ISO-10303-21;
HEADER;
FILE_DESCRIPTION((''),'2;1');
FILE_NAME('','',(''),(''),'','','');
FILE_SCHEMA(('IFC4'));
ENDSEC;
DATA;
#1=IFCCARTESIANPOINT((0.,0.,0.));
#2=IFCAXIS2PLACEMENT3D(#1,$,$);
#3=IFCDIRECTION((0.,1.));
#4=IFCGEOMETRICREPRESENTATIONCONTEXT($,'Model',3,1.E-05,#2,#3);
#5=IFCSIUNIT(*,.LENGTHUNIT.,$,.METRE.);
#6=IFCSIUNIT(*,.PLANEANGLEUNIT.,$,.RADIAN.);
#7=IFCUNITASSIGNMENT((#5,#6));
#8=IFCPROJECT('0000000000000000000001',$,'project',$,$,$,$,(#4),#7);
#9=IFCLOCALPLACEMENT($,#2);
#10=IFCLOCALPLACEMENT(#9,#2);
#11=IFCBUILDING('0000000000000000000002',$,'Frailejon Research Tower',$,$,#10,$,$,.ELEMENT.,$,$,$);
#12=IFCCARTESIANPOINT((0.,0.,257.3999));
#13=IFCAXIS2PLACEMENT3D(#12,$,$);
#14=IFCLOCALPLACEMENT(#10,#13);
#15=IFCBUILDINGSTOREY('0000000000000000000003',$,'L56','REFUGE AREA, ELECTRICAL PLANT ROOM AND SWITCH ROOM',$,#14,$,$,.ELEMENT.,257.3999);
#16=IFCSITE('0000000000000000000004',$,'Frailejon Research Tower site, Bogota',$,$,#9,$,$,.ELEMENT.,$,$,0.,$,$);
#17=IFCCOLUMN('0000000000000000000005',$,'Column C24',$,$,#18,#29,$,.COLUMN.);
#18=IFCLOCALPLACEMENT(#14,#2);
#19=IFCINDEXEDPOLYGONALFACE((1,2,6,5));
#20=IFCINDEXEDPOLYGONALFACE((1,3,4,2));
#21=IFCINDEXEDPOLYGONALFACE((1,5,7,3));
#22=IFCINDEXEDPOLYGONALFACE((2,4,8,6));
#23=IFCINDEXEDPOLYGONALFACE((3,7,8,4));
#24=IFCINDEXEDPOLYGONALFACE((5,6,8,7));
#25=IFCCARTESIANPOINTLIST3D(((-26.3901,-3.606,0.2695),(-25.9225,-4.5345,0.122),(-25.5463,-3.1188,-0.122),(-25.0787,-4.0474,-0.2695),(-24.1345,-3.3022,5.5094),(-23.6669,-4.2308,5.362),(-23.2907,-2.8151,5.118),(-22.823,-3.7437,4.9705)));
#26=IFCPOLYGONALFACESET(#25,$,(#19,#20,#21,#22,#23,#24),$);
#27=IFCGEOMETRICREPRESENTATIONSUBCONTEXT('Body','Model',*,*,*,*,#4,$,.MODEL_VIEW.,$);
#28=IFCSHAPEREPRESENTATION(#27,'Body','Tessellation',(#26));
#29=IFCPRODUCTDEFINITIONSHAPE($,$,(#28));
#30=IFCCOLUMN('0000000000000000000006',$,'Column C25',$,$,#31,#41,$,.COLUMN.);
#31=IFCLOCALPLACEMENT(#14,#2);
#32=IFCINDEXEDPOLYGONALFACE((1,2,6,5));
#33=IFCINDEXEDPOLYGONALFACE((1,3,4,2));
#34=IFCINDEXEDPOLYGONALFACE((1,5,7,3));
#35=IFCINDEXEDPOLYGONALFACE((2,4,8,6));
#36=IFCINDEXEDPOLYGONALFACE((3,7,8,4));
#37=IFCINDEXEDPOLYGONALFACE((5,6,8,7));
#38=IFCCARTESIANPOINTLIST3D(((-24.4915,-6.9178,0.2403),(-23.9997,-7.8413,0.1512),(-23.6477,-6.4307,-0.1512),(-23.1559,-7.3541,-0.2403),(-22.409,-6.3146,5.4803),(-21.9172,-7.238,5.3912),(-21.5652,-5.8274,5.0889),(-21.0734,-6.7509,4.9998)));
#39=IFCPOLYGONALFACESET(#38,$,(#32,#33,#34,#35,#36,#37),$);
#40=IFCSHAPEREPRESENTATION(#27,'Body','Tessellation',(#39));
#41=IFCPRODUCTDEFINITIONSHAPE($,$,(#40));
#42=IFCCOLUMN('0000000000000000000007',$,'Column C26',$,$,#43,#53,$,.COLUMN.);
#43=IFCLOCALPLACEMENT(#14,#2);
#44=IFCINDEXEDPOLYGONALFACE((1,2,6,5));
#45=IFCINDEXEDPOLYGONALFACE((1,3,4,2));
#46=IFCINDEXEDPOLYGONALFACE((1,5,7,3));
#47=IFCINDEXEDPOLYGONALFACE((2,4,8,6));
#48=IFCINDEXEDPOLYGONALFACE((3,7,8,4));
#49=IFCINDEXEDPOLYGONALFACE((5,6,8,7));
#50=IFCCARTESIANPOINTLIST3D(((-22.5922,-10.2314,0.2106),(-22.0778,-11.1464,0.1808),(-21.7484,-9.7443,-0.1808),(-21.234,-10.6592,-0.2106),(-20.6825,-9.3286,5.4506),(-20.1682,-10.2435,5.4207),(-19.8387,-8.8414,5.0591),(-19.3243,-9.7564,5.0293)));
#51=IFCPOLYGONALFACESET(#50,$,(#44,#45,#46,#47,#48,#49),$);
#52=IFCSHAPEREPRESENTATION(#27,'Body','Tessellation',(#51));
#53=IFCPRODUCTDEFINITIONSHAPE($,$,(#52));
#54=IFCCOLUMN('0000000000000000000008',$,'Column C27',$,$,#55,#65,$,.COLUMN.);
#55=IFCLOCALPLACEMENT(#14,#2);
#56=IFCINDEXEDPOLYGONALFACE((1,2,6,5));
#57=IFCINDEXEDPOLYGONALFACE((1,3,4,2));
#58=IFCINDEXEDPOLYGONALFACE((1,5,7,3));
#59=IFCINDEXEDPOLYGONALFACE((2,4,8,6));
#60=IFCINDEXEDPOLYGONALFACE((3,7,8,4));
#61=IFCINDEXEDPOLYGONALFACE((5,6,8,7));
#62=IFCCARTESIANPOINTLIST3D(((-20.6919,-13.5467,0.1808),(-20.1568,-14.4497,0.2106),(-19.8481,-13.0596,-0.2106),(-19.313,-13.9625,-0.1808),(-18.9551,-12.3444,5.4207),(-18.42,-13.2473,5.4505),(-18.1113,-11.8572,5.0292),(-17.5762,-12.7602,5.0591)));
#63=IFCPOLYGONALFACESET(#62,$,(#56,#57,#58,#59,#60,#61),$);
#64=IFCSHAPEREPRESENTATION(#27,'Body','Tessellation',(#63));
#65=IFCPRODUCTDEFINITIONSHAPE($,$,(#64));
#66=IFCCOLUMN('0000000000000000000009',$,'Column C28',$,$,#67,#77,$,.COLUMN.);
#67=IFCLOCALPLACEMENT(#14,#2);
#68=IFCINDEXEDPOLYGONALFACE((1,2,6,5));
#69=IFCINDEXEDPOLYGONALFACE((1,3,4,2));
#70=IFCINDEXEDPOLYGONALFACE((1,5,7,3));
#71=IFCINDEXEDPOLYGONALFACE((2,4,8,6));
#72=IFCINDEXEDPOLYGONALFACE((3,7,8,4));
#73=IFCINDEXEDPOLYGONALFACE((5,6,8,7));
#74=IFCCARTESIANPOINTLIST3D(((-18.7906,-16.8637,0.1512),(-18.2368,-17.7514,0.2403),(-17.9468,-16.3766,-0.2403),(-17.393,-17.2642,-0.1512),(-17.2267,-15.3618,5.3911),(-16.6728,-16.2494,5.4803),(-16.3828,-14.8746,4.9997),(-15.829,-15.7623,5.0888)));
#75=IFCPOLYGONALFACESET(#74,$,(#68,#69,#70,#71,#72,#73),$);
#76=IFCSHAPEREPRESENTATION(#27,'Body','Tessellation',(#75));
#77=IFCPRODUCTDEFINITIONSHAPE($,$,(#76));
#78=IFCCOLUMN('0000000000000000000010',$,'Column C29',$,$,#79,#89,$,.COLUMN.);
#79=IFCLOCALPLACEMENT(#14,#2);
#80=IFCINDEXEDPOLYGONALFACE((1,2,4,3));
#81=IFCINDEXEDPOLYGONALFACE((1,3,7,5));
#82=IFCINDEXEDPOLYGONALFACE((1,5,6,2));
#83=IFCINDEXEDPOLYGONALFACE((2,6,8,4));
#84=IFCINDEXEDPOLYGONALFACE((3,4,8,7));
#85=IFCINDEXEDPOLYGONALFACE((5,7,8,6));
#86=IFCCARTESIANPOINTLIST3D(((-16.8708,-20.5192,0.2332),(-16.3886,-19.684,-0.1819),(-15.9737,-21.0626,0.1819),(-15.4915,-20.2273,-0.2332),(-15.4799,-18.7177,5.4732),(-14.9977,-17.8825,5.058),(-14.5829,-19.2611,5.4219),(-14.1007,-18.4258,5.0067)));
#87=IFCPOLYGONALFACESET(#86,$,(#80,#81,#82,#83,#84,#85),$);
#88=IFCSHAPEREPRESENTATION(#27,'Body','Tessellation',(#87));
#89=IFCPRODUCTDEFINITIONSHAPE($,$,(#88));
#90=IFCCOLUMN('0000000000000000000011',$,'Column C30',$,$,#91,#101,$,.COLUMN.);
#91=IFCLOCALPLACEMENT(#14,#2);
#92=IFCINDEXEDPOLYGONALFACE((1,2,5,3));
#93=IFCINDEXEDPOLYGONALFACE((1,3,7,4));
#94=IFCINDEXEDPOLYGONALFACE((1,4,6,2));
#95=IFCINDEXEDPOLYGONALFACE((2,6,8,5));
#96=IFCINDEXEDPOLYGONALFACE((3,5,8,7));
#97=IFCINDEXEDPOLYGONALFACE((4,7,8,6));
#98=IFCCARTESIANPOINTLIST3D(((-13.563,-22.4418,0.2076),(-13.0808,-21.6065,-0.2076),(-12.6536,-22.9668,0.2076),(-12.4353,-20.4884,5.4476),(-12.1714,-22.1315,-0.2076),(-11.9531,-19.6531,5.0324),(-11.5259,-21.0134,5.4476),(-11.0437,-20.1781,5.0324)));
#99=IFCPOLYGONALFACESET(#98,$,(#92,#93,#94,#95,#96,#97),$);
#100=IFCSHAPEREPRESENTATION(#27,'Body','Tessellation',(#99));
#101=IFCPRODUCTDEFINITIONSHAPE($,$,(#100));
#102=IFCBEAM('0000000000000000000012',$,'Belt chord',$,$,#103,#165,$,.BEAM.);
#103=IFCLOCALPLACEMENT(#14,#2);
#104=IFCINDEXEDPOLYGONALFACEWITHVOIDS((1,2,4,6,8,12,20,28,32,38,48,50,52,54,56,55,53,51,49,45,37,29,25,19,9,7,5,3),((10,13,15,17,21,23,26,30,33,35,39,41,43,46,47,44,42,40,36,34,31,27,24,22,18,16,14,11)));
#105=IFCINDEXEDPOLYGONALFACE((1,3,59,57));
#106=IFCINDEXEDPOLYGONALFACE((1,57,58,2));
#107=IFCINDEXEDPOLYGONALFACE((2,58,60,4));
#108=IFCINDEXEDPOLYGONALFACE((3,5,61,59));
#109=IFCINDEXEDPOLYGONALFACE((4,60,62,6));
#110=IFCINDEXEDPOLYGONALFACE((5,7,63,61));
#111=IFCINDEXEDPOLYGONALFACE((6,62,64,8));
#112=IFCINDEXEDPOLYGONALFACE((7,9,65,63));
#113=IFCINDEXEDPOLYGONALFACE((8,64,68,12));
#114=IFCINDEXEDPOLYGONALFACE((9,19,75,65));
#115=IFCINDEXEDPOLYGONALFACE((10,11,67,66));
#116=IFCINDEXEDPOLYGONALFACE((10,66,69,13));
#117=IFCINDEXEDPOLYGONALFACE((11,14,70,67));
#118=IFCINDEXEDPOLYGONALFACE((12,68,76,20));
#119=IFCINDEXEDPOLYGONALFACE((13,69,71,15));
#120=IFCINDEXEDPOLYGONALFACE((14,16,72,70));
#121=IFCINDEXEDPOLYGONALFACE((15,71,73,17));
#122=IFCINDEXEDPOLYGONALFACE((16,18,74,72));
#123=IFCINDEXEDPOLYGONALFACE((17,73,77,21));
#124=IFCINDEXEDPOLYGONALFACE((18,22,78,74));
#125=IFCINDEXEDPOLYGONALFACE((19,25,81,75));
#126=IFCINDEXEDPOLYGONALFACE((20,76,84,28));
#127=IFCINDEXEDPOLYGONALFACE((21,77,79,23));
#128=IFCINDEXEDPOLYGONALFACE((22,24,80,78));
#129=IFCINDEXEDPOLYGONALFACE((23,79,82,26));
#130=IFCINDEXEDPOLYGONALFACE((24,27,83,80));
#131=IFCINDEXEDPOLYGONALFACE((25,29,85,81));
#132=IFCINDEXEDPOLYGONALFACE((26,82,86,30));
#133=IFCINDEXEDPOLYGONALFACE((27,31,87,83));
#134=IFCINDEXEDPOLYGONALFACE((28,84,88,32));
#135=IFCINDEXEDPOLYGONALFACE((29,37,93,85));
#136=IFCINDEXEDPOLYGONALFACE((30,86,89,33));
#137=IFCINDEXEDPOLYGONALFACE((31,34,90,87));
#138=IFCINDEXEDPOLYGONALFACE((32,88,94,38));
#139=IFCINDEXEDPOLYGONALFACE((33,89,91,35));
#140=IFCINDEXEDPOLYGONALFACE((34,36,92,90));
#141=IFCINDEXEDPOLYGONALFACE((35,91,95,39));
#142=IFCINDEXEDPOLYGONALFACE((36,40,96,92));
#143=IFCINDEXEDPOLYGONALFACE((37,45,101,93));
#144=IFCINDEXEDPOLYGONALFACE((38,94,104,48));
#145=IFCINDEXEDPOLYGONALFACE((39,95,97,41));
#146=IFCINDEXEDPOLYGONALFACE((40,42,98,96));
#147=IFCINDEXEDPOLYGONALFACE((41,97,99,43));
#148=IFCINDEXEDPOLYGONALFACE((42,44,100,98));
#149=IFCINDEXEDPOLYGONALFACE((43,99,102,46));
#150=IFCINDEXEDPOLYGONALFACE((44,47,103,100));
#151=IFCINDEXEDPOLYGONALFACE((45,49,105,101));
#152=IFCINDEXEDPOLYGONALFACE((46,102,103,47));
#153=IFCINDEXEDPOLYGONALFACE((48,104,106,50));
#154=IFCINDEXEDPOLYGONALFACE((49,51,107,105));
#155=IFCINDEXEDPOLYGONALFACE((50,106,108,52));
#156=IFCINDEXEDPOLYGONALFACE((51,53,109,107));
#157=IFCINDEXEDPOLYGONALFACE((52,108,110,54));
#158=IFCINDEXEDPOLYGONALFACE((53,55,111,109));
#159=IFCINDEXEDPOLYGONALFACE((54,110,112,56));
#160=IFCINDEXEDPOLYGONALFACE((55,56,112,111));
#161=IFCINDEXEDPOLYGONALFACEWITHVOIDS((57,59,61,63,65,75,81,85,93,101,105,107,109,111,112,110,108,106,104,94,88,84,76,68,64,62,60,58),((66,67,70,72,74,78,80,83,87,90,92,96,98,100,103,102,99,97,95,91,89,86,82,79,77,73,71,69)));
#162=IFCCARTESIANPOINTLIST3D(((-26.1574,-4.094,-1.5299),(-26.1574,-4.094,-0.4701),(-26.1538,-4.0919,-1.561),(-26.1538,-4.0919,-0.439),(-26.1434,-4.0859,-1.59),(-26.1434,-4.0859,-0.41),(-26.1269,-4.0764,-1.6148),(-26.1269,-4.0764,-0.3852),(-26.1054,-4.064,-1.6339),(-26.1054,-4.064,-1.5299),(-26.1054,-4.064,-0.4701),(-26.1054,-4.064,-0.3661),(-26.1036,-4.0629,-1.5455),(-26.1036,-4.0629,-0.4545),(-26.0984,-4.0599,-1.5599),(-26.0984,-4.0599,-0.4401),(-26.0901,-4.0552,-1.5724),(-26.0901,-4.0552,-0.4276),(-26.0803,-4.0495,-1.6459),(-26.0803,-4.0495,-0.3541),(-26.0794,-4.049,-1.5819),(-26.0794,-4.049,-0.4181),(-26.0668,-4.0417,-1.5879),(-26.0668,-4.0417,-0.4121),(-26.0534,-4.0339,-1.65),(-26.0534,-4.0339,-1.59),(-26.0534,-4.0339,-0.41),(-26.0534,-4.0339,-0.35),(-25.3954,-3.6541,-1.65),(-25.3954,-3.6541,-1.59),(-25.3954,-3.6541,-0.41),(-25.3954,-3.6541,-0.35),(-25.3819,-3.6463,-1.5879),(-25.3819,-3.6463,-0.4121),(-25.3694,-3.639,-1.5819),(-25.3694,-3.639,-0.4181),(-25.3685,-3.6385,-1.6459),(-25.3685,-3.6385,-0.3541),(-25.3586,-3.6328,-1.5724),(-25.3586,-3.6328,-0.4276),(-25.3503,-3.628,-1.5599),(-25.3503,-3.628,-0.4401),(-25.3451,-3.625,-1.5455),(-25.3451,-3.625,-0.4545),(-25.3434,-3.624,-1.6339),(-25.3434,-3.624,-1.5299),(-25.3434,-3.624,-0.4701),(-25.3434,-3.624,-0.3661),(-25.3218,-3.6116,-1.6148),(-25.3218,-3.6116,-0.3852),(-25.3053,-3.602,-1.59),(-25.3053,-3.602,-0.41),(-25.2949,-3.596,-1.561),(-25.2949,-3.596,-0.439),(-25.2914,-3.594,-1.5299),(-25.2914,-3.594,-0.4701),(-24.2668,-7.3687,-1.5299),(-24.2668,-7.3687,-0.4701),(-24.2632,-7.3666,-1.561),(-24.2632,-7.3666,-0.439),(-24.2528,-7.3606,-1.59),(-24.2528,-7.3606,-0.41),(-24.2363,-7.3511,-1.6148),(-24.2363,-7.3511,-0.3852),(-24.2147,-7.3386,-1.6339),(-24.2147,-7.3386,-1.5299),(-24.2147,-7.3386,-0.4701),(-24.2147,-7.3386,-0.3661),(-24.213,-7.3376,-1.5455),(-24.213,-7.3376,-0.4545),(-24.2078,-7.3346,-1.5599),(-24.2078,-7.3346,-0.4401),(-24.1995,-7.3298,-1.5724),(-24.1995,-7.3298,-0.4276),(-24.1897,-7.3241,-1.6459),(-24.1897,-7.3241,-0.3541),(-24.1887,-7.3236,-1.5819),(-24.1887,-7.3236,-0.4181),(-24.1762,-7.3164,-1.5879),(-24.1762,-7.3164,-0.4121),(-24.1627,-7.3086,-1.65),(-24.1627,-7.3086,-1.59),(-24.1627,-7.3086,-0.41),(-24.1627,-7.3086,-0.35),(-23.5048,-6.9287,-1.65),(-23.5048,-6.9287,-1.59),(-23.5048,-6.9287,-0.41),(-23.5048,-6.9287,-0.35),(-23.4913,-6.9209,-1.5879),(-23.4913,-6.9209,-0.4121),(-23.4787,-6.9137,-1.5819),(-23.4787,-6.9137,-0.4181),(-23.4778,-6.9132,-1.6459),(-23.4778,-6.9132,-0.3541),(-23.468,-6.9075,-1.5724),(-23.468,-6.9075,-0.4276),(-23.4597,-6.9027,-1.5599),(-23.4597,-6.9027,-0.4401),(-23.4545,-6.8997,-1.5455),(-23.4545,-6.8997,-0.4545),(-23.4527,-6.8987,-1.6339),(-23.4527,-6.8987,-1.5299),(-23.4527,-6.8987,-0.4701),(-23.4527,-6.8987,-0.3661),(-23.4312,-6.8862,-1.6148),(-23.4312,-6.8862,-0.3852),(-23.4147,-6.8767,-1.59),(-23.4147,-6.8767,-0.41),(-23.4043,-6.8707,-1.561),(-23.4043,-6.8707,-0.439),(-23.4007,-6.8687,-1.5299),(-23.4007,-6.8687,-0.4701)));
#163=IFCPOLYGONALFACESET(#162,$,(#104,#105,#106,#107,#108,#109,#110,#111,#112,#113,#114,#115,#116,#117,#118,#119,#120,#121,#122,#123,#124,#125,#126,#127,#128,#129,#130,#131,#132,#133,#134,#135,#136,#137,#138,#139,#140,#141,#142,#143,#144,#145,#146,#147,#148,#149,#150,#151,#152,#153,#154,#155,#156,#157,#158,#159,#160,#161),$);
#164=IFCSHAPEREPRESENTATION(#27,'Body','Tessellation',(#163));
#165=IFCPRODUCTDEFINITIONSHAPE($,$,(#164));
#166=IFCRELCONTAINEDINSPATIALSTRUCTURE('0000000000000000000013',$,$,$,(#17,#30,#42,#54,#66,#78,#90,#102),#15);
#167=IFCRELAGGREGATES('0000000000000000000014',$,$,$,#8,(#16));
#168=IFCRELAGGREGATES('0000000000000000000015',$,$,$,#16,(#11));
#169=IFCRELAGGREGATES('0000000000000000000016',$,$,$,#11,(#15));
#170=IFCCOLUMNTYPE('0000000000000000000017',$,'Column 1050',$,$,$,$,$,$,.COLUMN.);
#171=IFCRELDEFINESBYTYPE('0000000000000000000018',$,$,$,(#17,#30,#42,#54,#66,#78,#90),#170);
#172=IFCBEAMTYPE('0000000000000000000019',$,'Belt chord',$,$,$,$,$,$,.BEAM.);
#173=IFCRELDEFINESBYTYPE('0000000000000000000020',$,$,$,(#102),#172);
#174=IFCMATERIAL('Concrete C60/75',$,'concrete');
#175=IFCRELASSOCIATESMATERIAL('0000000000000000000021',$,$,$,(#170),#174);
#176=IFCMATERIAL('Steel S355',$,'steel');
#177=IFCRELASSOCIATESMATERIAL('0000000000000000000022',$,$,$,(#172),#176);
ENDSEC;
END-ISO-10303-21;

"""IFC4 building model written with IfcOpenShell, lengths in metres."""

from ifc_helpers import new_model, si_unit, direction, frame, origin, origin_2d, place, context, subcontext, project, spatial, rectangle, hollow_rectangle, extrude, material, material_profile, profile_set, type_object, element, save


model = new_model("IFC4")

# Units and contexts
model_context = context("Model", 3, precision=1e-05, world=origin(), true_north=direction((0.0, 1.0)))
body_context = subcontext(model_context, "Body", "Model", "MODEL_VIEW")
ifc_project = project(units=[si_unit("LENGTHUNIT", "METRE"), si_unit("PLANEANGLEUNIT", "RADIAN")], contexts=[model_context])

# Site, building, storey
site_placement = place(None, origin())
site = spatial("IfcSite", under=ifc_project, at=site_placement, Name="Frailejon Research Tower site, Bogota", CompositionType="ELEMENT", RefElevation=0.0)
building_placement = place(site_placement, origin())
building = spatial("IfcBuilding", under=site, at=building_placement, Name="Frailejon Research Tower", CompositionType="ELEMENT")
storey_placement = place(building_placement, frame((0.0, 0.0, 257.3999)))
storey = spatial("IfcBuildingStorey", under=building, at=storey_placement, Name="L56", Description="REFUGE AREA, ELECTRICAL PLANT ROOM AND SWITCH ROOM", CompositionType="ELEMENT", Elevation=257.3999)

# Columns
ifc_material_1 = material(Name="Concrete C60/75", Category="concrete")
ifc_material_profile_1 = material_profile(ifc_material_1, rectangle(XDim=1.05, YDim=1.05, at=origin_2d()), Name="Column 1050")
ifc_profile_set_1 = profile_set([ifc_material_profile_1], Name="Concrete C60/75")
column_type = type_object("IfcColumnType", Name="Column 1050", PredefinedType="COLUMN", material=ifc_profile_set_1)
column_1_placement = place(storey_placement, frame((-25.7344, -3.8267, 0.0), z_axis=(0.394827, 0.053162, 0.917216), x_axis=(0.445328, -0.884284, -0.140443)))
element("IfcColumn", 1, at=column_1_placement, inside=storey, type_object=column_type, Name="Column C24", PredefinedType="COLUMN", context=body_context, shape_type="SweptSolid", body=[
    extrude(rectangle(XDim=1.05, YDim=1.05, at=origin_2d()), origin(), (0.0, 0.0, 1.0), 5.7129),
])
column_2_placement = place(storey_placement, frame((-23.8237, -7.136, 0.0), z_axis=(0.367234, 0.106381, 0.924025), x_axis=(0.468357, -0.879452, -0.084889)))
element("IfcColumn", 2, at=column_2_placement, inside=storey, type_object=column_type, Name="Column C25", PredefinedType="COLUMN", context=body_context, shape_type="SweptSolid", body=[
    extrude(rectangle(XDim=1.05, YDim=1.05, at=origin_2d()), origin(), (0.0, 0.0, 1.0), 5.6709),
])
for number, where, z_axis, x_axis, name in (
    (3, (-21.9131, -10.4453, 0.0), (0.338011, 0.159801, 0.927476), (0.489875, -0.87133, -0.028403), "Column C26"),
    (4, (-20.0024, -13.7546, 0.0), (0.307414, 0.212822, 0.927471), (0.509631, -0.859924, 0.028403), "Column C27"),
):
    element("IfcColumn", number, at=place(storey_placement, frame(where, z_axis=z_axis, x_axis=x_axis)), inside=storey, type_object=column_type, Name=name, PredefinedType="COLUMN", context=body_context, shape_type="SweptSolid", body=[
        extrude(rectangle(XDim=1.05, YDim=1.05, at=origin_2d()), origin(), (0.0, 0.0, 1.0), 5.6497),
    ])
column_3_placement = place(storey_placement, frame((-18.0918, -17.064, 0.0), z_axis=(0.275787, 0.264852, 0.92401), x_axis=(0.527422, -0.845352, 0.084887)))
element("IfcColumn", 5, at=column_3_placement, inside=storey, type_object=column_type, Name="Column C28", PredefinedType="COLUMN", context=body_context, shape_type="SweptSolid", body=[
    extrude(rectangle(XDim=1.05, YDim=1.05, at=origin_2d()), origin(), (0.0, 0.0, 1.0), 5.6709),
])
column_4_placement = place(storey_placement, frame((-16.1812, -20.3733, 0.0), z_axis=(0.24346, 0.31534, 0.917217), x_axis=(0.854297, -0.517485, -0.048847)))
element("IfcColumn", 6, at=column_4_placement, inside=storey, type_object=column_type, Name="Column C29", PredefinedType="COLUMN", context=body_context, shape_type="SweptSolid", body=[
    extrude(rectangle(XDim=1.05, YDim=1.05, at=origin_2d()), origin(), (0.0, 0.0, 1.0), 5.7129),
])
column_5_placement = place(storey_placement, frame((-12.8672, -22.2866, 0.0), z_axis=(0.197673, 0.342408, 0.918522), x_axis=(0.866046, -0.499964, -0.000003)))
element("IfcColumn", 7, at=column_5_placement, inside=storey, type_object=column_type, Name="Column C30", PredefinedType="COLUMN", context=body_context, shape_type="SweptSolid", body=[
    extrude(rectangle(XDim=1.05, YDim=1.05, at=origin_2d()), origin(), (0.0, 0.0, 1.0), 5.7048),
])

# Beam
ifc_material_2 = material(Name="Steel S355", Category="steel")
ifc_material_profile_2 = material_profile(ifc_material_2, hollow_rectangle(XDim=1.0, YDim=1.3, WallThickness=0.0601, InnerFilletRadius=0.0601, OuterFilletRadius=0.1201, at=origin_2d()), Name="Belt chord")
ifc_profile_set_2 = profile_set([ifc_material_profile_2], Name="Steel S355")
beam_type_1 = type_object("IfcBeamType", Name="Belt chord", PredefinedType="BEAM", material=ifc_profile_set_2)
for number, where, z_axis, x_axis, name in (
    (8, (-25.7244, -3.844, -1.0), (0.5, -0.866025, 0.0), (0.866025, 0.5, 0.0), "Belt chord"),
):
    element("IfcBeam", number, at=place(storey_placement, frame(where, z_axis=z_axis, x_axis=x_axis)), inside=storey, type_object=beam_type_1, Name=name, PredefinedType="BEAM", context=body_context, shape_type="SweptSolid", body=[
        extrude(hollow_rectangle(XDim=1.0, YDim=1.3, WallThickness=0.0601, InnerFilletRadius=0.0601, OuterFilletRadius=0.1201, at=origin_2d()), origin(), (0.0, 0.0, 1.0), 3.7812),
    ])

save(model, "model.ifc")
